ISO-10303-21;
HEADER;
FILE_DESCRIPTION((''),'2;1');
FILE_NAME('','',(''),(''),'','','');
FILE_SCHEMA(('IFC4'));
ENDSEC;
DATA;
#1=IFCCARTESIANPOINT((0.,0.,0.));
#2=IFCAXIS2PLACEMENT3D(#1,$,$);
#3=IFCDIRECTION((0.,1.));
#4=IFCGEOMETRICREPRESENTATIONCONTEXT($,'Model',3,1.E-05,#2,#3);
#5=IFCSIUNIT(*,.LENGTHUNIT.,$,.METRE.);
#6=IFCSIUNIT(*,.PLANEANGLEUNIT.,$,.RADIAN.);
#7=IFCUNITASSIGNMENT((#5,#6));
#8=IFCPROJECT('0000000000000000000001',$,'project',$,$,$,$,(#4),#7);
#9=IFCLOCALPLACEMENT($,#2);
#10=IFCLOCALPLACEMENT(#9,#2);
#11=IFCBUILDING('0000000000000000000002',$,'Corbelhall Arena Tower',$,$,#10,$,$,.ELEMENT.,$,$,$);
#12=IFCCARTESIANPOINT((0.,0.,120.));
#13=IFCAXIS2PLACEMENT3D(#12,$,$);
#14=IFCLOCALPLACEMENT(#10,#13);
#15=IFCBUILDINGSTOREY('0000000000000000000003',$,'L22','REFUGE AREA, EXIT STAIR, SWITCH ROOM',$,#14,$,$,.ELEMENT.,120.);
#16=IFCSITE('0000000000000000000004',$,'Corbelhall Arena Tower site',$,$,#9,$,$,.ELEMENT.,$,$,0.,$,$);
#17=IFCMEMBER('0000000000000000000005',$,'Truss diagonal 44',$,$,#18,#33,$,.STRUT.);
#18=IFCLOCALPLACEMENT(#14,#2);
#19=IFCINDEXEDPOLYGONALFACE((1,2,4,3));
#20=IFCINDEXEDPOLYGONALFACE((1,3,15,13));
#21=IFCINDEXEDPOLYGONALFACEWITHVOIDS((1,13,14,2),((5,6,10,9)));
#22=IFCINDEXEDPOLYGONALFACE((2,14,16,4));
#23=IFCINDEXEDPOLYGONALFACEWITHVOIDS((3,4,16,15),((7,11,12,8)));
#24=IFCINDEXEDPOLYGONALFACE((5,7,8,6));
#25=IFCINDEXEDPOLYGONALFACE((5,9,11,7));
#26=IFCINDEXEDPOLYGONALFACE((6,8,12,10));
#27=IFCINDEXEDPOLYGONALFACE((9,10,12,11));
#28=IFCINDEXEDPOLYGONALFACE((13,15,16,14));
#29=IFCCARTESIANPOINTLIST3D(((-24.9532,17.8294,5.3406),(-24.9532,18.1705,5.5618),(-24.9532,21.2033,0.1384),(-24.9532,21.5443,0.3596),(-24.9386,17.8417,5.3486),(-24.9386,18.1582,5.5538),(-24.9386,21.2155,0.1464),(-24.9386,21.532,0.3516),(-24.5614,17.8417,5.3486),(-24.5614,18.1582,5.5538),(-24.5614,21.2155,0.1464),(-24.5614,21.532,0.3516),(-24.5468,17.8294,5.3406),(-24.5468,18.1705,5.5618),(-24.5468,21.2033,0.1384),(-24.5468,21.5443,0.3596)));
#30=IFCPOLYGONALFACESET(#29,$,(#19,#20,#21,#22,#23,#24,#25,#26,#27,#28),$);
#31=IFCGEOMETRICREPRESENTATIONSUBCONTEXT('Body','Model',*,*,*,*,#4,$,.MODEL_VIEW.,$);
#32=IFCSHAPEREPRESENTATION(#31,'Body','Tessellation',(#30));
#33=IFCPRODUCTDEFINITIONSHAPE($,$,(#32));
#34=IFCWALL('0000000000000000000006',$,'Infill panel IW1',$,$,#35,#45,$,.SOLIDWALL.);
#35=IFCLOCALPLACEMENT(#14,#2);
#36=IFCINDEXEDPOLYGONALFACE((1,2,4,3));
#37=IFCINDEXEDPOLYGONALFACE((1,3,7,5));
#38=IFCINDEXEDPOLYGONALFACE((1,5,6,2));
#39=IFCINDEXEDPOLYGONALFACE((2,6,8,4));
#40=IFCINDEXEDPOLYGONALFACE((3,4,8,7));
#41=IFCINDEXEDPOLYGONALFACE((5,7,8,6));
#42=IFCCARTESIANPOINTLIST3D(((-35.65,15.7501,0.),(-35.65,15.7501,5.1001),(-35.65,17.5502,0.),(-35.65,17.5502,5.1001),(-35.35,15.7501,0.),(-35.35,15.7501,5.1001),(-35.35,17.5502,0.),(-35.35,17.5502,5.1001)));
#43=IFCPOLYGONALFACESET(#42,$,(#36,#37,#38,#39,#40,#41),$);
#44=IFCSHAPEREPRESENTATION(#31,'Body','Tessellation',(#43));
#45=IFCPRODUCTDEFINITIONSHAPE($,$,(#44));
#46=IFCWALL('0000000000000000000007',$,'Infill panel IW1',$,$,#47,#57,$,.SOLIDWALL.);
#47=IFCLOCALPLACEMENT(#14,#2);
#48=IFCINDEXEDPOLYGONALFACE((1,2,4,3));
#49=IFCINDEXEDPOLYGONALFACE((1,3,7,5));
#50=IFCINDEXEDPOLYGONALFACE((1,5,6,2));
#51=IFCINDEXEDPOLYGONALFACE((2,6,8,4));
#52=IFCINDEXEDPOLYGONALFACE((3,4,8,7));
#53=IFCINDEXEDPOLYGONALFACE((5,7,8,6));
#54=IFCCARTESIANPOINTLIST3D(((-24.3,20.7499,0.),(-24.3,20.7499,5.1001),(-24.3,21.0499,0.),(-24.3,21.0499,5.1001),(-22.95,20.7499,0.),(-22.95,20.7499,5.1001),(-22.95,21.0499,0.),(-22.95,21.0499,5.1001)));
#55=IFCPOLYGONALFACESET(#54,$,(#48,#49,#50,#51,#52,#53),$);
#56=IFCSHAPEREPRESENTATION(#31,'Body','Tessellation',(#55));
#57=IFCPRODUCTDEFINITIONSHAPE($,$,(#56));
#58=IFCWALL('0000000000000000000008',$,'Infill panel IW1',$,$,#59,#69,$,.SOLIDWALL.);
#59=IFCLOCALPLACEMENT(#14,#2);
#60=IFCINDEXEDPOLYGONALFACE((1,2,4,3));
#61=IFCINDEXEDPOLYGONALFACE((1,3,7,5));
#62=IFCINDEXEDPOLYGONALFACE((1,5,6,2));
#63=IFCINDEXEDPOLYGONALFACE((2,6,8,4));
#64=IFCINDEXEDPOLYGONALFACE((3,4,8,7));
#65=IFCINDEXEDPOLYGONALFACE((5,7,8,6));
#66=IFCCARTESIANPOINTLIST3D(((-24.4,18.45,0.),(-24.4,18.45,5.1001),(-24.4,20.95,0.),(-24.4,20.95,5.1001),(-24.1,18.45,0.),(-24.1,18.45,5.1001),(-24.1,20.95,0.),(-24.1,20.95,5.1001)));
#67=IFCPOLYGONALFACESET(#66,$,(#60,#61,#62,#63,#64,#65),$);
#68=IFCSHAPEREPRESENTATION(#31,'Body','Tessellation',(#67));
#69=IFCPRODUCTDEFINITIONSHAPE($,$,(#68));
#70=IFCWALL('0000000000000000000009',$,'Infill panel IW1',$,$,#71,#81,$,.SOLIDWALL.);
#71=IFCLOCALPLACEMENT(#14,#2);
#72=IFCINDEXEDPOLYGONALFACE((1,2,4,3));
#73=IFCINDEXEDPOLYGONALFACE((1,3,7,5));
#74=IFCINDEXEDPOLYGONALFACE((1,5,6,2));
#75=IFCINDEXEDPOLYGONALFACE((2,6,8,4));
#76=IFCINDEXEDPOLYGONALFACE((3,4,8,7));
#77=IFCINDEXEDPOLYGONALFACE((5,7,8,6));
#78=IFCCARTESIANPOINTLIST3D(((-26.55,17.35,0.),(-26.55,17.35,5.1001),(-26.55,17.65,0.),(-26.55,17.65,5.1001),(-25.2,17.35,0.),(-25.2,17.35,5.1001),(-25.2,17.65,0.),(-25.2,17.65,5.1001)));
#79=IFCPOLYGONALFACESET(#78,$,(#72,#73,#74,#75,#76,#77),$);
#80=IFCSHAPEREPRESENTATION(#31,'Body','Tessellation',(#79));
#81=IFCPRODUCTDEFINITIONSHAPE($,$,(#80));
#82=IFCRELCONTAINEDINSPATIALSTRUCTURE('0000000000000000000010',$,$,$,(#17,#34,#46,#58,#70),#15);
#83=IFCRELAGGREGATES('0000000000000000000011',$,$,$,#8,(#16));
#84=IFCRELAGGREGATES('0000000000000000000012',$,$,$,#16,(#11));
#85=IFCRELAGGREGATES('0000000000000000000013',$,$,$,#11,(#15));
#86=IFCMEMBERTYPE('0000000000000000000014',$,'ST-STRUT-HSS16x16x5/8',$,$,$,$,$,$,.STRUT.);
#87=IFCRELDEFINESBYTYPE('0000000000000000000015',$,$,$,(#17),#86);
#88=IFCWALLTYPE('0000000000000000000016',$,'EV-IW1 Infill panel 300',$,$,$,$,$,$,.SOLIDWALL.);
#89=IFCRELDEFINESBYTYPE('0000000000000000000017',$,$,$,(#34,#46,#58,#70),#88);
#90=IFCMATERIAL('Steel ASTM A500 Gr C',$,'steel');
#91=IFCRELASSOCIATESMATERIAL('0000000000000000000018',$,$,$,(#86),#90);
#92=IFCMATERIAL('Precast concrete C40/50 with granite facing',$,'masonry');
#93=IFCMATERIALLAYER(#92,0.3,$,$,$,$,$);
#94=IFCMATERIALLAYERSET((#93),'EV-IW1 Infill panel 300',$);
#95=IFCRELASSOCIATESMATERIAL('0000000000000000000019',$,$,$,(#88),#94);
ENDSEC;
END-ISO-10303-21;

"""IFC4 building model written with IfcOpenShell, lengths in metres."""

from ifc_helpers import new_model, si_unit, direction, frame, frame_2d, origin, origin_2d, place, context, subcontext, project, spatial, rectangle, hollow_rectangle, extrude, material, layer, layer_set, material_profile, profile_set, type_object, element, save


model = new_model("IFC4")

# Units and contexts
model_context = context("Model", 3, precision=1e-05, world=origin(), true_north=direction((0.0, 1.0)))
body_context = subcontext(model_context, "Body", "Model", "MODEL_VIEW")
ifc_project = project(units=[si_unit("LENGTHUNIT", "METRE"), si_unit("PLANEANGLEUNIT", "RADIAN")], contexts=[model_context])

# Site, building, storey
site_placement = place(None, origin())
site = spatial("IfcSite", under=ifc_project, at=site_placement, Name="Corbelhall Arena Tower site", CompositionType="ELEMENT", RefElevation=0.0)
building_placement = place(site_placement, origin())
building = spatial("IfcBuilding", under=site, at=building_placement, Name="Corbelhall Arena Tower", CompositionType="ELEMENT")
storey_placement = place(building_placement, frame((0.0, 0.0, 120.0)))
storey = spatial("IfcBuildingStorey", under=building, at=storey_placement, Name="L22", Description="REFUGE AREA, EXIT STAIR, SWITCH ROOM", CompositionType="ELEMENT", Elevation=120.0)

# Member
ifc_material_1 = material(Name="Steel ASTM A500 Gr C", Category="steel")
ifc_material_profile_1 = material_profile(ifc_material_1, hollow_rectangle(XDim=0.4065, YDim=0.4065, WallThickness=0.0146, at=origin_2d()))
ifc_profile_set_1 = profile_set([ifc_material_profile_1], Name="Steel ASTM A500 Gr C")
member_type_1 = type_object("IfcMemberType", Name="ST-STRUT-HSS16x16x5/8", PredefinedType="STRUT", material=ifc_profile_set_1)
member_1_placement = place(storey_placement, frame((-24.75, 21.3738, 0.249), z_axis=(0.0, -0.544124, 0.839005), x_axis=(1.0, 0.0, 0.0)))
element("IfcMember", 1, at=member_1_placement, inside=storey, type_object=member_type_1, Name="Truss diagonal 44", PredefinedType="STRUT", context=body_context, shape_type="SweptSolid", body=[
    extrude(hollow_rectangle(XDim=0.4065, YDim=0.4065, WallThickness=0.0146, at=origin_2d()), origin(), (0.0, 0.0, 1.0), 6.2004),
])

# Walls
ifc_material_2 = material(Name="Precast concrete C40/50 with granite facing", Category="masonry")
ifc_layer = layer(ifc_material_2, 0.3)
ifc_layer_set = layer_set([ifc_layer], Name="EV-IW1 Infill panel 300")
wall_type = type_object("IfcWallType", Name="EV-IW1 Infill panel 300", PredefinedType="SOLIDWALL", material=ifc_layer_set)
wall_1_placement = place(storey_placement, frame((-35.5, 17.55, 0.0), z_axis=(0.0, 0.0, 1.0), x_axis=(0.0, -1.0, 0.0)))
element("IfcWall", 2, at=wall_1_placement, inside=storey, type_object=wall_type, Name="Infill panel IW1", PredefinedType="SOLIDWALL", context=body_context, shape_type="SweptSolid", body=[
    extrude(rectangle(XDim=1.8, YDim=0.3, at=frame_2d((0.8999, 0.0))), origin(), (0.0, 0.0, 1.0), 5.1001),
])
wall_2_placement = place(storey_placement, frame((-22.95, 20.8999, 0.0), z_axis=(0.0, 0.0, 1.0), x_axis=(-1.0, 0.0, 0.0)))
element("IfcWall", 3, at=wall_2_placement, inside=storey, type_object=wall_type, Name="Infill panel IW1", PredefinedType="SOLIDWALL", context=body_context, shape_type="SweptSolid", body=[
    extrude(rectangle(XDim=1.3501, YDim=0.3, at=frame_2d((0.675, 0.0))), origin(), (0.0, 0.0, 1.0), 5.1001),
])
wall_3_placement = place(storey_placement, frame((-24.25, 20.95, 0.0), z_axis=(0.0, 0.0, 1.0), x_axis=(0.0, -1.0, 0.0)))
element("IfcWall", 4, at=wall_3_placement, inside=storey, type_object=wall_type, Name="Infill panel IW1", PredefinedType="SOLIDWALL", context=body_context, shape_type="SweptSolid", body=[
    extrude(rectangle(XDim=2.5, YDim=0.3, at=frame_2d((1.25, 0.0))), origin(), (0.0, 0.0, 1.0), 5.1001),
])
wall_4_placement = place(storey_placement, frame((-25.2, 17.5, 0.0), z_axis=(0.0, 0.0, 1.0), x_axis=(-1.0, 0.0, 0.0)))
element("IfcWall", 5, at=wall_4_placement, inside=storey, type_object=wall_type, Name="Infill panel IW1", PredefinedType="SOLIDWALL", context=body_context, shape_type="SweptSolid", body=[
    extrude(rectangle(XDim=1.3501, YDim=0.3, at=frame_2d((0.675, 0.0))), origin(), (0.0, 0.0, 1.0), 5.1001),
])

save(model, "model.ifc")
